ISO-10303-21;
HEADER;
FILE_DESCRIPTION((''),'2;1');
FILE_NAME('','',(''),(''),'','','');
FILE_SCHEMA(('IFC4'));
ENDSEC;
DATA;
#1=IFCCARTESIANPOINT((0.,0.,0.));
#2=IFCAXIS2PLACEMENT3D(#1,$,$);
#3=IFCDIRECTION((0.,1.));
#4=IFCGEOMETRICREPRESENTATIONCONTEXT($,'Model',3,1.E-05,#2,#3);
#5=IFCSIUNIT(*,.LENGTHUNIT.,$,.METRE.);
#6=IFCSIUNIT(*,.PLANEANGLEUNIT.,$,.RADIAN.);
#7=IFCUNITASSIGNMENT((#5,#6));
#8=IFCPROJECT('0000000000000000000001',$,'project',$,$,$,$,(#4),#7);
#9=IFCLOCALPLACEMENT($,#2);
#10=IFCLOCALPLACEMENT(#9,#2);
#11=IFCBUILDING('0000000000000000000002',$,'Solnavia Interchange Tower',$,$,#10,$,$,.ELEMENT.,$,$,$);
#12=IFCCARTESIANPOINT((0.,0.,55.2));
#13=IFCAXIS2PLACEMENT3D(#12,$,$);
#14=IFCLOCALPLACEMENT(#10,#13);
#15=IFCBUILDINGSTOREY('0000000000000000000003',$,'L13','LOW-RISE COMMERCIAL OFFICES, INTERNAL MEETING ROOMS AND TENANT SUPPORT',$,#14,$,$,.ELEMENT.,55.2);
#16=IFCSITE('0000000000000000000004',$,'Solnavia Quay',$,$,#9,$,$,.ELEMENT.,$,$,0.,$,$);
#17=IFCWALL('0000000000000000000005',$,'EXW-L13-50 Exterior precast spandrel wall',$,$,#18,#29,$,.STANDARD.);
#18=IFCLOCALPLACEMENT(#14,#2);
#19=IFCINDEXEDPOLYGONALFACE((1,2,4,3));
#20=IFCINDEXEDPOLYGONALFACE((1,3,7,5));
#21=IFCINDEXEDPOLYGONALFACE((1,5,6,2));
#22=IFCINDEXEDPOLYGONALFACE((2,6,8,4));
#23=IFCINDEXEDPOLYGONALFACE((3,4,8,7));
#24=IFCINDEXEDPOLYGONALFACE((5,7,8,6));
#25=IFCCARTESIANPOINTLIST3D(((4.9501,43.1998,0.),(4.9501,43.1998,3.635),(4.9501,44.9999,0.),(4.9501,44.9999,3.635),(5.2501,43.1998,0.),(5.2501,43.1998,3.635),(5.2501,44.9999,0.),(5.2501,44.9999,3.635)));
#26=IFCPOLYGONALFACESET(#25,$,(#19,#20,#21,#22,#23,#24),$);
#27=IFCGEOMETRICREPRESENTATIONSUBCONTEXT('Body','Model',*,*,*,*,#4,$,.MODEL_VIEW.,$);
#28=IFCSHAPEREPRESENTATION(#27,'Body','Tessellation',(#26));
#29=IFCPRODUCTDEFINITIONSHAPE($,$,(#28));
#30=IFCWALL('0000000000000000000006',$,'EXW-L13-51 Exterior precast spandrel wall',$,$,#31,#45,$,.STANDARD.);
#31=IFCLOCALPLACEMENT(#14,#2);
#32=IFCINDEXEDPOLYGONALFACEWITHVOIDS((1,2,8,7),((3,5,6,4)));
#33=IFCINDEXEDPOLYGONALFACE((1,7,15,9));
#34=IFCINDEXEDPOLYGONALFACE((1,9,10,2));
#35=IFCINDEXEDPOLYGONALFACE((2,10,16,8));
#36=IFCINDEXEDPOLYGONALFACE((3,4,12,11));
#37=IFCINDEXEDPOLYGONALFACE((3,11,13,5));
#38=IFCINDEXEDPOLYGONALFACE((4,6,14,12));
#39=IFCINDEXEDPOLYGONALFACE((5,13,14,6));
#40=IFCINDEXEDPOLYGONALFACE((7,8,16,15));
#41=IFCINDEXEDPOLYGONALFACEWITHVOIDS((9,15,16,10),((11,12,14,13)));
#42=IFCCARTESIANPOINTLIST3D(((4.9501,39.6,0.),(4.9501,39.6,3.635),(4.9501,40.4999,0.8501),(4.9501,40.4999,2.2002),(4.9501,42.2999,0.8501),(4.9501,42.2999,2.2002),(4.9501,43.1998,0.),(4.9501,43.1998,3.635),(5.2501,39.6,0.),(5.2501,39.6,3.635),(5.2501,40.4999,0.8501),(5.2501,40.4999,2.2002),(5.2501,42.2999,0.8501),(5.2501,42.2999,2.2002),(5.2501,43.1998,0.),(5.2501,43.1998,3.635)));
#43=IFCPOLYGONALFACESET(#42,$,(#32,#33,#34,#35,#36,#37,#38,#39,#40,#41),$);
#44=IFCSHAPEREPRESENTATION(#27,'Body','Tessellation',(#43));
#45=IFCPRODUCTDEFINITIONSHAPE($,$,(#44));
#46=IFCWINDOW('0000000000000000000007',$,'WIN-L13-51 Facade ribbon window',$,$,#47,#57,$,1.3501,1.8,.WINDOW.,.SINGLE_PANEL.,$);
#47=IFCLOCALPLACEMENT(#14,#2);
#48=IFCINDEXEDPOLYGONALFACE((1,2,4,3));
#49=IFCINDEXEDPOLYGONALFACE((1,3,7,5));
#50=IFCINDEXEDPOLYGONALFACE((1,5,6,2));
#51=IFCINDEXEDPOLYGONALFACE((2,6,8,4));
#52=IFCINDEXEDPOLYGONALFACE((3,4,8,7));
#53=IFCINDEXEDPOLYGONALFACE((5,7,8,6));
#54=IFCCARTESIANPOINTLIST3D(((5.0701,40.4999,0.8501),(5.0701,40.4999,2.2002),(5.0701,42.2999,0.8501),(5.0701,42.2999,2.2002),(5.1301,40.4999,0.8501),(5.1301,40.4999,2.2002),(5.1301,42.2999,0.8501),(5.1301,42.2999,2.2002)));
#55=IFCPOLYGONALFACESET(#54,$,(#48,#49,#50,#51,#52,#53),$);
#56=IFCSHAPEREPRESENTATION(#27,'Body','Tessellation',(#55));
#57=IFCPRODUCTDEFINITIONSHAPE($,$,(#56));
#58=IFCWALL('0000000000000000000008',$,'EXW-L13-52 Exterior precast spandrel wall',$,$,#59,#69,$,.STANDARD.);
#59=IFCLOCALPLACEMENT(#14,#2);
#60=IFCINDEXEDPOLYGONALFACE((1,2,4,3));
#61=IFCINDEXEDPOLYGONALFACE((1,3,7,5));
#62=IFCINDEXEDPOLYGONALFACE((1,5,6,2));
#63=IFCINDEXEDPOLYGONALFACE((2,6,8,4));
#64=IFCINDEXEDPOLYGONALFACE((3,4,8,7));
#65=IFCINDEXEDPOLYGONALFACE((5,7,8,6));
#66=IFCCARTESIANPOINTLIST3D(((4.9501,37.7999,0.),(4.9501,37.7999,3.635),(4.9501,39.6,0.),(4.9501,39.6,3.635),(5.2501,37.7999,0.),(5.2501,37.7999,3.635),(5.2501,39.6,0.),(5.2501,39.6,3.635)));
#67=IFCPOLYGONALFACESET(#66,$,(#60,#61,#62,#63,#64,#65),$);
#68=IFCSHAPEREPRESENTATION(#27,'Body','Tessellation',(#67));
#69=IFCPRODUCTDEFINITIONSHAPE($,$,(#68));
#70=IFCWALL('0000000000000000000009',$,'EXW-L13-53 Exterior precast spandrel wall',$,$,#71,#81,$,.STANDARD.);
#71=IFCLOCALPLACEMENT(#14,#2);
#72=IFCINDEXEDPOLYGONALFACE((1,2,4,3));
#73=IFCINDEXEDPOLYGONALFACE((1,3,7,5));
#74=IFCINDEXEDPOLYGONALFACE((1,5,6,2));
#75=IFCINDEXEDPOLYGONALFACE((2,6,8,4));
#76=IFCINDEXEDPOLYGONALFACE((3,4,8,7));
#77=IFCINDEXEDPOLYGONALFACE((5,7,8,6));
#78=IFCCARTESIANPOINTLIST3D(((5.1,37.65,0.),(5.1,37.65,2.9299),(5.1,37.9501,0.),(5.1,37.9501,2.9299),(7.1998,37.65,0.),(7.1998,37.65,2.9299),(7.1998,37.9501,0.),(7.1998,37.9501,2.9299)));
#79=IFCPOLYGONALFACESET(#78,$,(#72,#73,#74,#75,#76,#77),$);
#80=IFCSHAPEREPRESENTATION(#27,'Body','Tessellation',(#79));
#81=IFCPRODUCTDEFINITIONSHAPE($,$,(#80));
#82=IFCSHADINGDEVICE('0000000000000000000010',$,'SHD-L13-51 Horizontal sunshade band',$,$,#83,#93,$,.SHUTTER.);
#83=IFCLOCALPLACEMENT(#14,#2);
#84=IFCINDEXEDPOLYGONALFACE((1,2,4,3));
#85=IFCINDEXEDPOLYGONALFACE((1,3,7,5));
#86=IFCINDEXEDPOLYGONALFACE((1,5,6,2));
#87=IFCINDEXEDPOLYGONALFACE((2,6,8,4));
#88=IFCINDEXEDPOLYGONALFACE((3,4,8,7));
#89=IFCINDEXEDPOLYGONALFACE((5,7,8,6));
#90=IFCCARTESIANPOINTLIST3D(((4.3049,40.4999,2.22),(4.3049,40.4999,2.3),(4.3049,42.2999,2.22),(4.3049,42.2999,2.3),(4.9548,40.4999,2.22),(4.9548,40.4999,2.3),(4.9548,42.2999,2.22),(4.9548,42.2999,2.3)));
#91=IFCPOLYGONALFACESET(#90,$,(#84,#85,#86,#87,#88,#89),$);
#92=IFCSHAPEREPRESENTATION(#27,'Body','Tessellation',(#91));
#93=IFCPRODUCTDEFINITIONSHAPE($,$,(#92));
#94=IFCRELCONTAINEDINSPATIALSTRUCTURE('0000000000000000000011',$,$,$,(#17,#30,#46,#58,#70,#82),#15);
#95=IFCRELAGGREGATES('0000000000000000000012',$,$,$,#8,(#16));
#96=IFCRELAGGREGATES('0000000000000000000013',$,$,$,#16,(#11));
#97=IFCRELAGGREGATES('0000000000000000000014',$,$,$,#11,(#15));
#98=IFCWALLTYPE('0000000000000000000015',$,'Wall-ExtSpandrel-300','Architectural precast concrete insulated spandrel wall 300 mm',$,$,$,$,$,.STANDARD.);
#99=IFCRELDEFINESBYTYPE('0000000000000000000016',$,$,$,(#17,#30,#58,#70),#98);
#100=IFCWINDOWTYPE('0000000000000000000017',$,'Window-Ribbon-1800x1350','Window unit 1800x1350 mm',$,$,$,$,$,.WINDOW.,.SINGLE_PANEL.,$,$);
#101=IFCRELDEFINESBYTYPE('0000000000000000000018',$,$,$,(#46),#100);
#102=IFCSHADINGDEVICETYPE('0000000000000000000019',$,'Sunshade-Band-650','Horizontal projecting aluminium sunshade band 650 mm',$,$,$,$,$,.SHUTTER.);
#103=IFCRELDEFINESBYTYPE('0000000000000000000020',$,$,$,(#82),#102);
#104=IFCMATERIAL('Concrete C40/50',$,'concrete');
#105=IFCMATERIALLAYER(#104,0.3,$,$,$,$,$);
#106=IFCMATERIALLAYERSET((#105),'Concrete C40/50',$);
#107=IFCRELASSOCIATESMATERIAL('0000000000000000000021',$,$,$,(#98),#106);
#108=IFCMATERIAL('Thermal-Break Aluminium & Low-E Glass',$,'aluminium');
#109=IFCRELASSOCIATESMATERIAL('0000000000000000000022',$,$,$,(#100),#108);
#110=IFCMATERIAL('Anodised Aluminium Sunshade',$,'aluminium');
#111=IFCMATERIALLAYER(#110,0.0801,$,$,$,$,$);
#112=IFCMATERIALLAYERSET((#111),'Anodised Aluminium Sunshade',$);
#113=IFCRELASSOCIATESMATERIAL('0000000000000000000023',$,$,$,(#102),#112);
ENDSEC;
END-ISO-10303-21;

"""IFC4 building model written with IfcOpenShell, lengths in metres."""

from ifc_helpers import new_model, si_unit, direction, frame, frame_2d, origin, origin_2d, place, context, subcontext, project, spatial, rectangle, extrude, material, layer, layer_set, type_object, element, fill, save


model = new_model("IFC4")

# Units and contexts
model_context = context("Model", 3, precision=1e-05, world=origin(), true_north=direction((0.0, 1.0)))
body_context = subcontext(model_context, "Body", "Model", "MODEL_VIEW")
ifc_project = project(units=[si_unit("LENGTHUNIT", "METRE"), si_unit("PLANEANGLEUNIT", "RADIAN")], contexts=[model_context])

# Site, building, storey
site_placement = place(None, origin())
site = spatial("IfcSite", under=ifc_project, at=site_placement, Name="Solnavia Quay", CompositionType="ELEMENT", RefElevation=0.0)
building_placement = place(site_placement, origin())
building = spatial("IfcBuilding", under=site, at=building_placement, Name="Solnavia Interchange Tower", CompositionType="ELEMENT")
storey_placement = place(building_placement, frame((0.0, 0.0, 55.2)))
storey = spatial("IfcBuildingStorey", under=building, at=storey_placement, Name="L13", Description="LOW-RISE COMMERCIAL OFFICES, INTERNAL MEETING ROOMS AND TENANT SUPPORT", CompositionType="ELEMENT", Elevation=55.2)

# Wall
ifc_material_1 = material(Name="Concrete C40/50", Category="concrete")
ifc_layer_1 = layer(ifc_material_1, 0.3)
ifc_layer_set_1 = layer_set([ifc_layer_1], Name="Concrete C40/50")
wall_type_1 = type_object("IfcWallType", Name="Wall-ExtSpandrel-300", Description="Architectural precast concrete insulated spandrel wall 300 mm", PredefinedType="STANDARD", material=ifc_layer_set_1)
wall_1_placement = place(storey_placement, frame((5.1001, 43.2, 0.0), z_axis=(0.0, 0.0, 1.0), x_axis=(0.0, 1.0, 0.0)))
element("IfcWall", 1, at=wall_1_placement, inside=storey, type_object=wall_type_1, Name="EXW-L13-50 Exterior precast spandrel wall", PredefinedType="STANDARD", context=body_context, shape_type="SweptSolid", body=[
    extrude(rectangle(XDim=1.8, YDim=0.3, at=frame_2d((0.8999, 0.0))), origin(), (0.0, 0.0, 1.0), 3.635),
])

# Wall, opening, window
wall_2_placement = place(storey_placement, frame((5.1001, 39.6001, 0.0), z_axis=(0.0, 0.0, 1.0), x_axis=(0.0, 1.0, 0.0)))
wall_2 = element("IfcWall", 2, at=wall_2_placement, inside=storey, type_object=wall_type_1, Name="EXW-L13-51 Exterior precast spandrel wall", PredefinedType="STANDARD", context=body_context, shape_type="SweptSolid", body=[
    extrude(rectangle(XDim=3.5999, YDim=0.3, at=frame_2d((1.7998, 0.0))), origin(), (0.0, 0.0, 1.0), 3.635),
])
opening_placement = place(wall_2_placement, frame((0.8999, 0.0, 0.8501)))
opening = element("IfcOpeningElement", 3, at=opening_placement, cuts=wall_2, PredefinedType="OPENING", context=body_context, shape_type="SweptSolid", body=[
    extrude(rectangle(XDim=1.8, YDim=1.3501, at=frame_2d((0.8999, 0.675))), frame((0.0, 0.1602, 0.0), z_axis=(0.0, -1.0, 0.0), x_axis=(1.0, 0.0, 0.0)), (0.0, 0.0, 1.0), 0.3201),
])
ifc_material_2 = material(Name="Thermal-Break Aluminium & Low-E Glass", Category="aluminium")
window_type = type_object("IfcWindowType", Name="Window-Ribbon-1800x1350", Description="Window unit 1800x1350 mm", PartitioningType="SINGLE_PANEL", PredefinedType="WINDOW", material=ifc_material_2)
window_placement = place(opening_placement, origin())
window = element("IfcWindow", 4, at=window_placement, inside=storey, type_object=window_type, Name="WIN-L13-51 Facade ribbon window", OverallHeight=1.3501, OverallWidth=1.8, PartitioningType="SINGLE_PANEL", PredefinedType="WINDOW", context=body_context, shape_type="SweptSolid", body=[
    extrude(rectangle(XDim=1.8, YDim=1.3501, at=frame_2d((0.8999, 0.675))), frame((0.0, 0.03, 0.0), z_axis=(0.0, -1.0, 0.0), x_axis=(1.0, 0.0, 0.0)), (0.0, 0.0, 1.0), 0.0601),
])
fill(opening, window)

# Walls
wall_3_placement = place(storey_placement, frame((5.1001, 37.8, 0.0), z_axis=(0.0, 0.0, 1.0), x_axis=(0.0, 1.0, 0.0)))
element("IfcWall", 5, at=wall_3_placement, inside=storey, type_object=wall_type_1, Name="EXW-L13-52 Exterior precast spandrel wall", PredefinedType="STANDARD", context=body_context, shape_type="SweptSolid", body=[
    extrude(rectangle(XDim=1.8, YDim=0.3, at=frame_2d((0.8999, 0.0))), origin(), (0.0, 0.0, 1.0), 3.635),
])
wall_4_placement = place(storey_placement, frame((5.1001, 37.8, 0.0), z_axis=(0.0, 0.0, 1.0), x_axis=(1.0, 0.0, 0.0)))
element("IfcWall", 6, at=wall_4_placement, inside=storey, type_object=wall_type_1, Name="EXW-L13-53 Exterior precast spandrel wall", PredefinedType="STANDARD", context=body_context, shape_type="SweptSolid", body=[
    extrude(rectangle(XDim=2.0999, YDim=0.3, at=frame_2d((1.0498, 0.0))), origin(), (0.0, 0.0, 1.0), 2.9299),
])

# Shading device
ifc_material_3 = material(Name="Anodised Aluminium Sunshade", Category="aluminium")
ifc_layer_2 = layer(ifc_material_3, 0.0801)
ifc_layer_set_2 = layer_set([ifc_layer_2], Name="Anodised Aluminium Sunshade")
shading_device_type = type_object("IfcShadingDeviceType", Name="Sunshade-Band-650", Description="Horizontal projecting aluminium sunshade band 650 mm", PredefinedType="SHUTTER", material=ifc_layer_set_2)
shading_device_placement = place(storey_placement, frame((4.6299, 41.3999, 2.22), z_axis=(0.0, 0.0, 1.0), x_axis=(0.0, 1.0, 0.0)))
element("IfcShadingDevice", 7, at=shading_device_placement, inside=storey, type_object=shading_device_type, Name="SHD-L13-51 Horizontal sunshade band", PredefinedType="SHUTTER", context=body_context, shape_type="SweptSolid", body=[
    extrude(rectangle(XDim=1.8, YDim=0.6499, at=origin_2d()), origin(), (0.0, 0.0, 1.0), 0.0801),
])

save(model, "model.ifc")
